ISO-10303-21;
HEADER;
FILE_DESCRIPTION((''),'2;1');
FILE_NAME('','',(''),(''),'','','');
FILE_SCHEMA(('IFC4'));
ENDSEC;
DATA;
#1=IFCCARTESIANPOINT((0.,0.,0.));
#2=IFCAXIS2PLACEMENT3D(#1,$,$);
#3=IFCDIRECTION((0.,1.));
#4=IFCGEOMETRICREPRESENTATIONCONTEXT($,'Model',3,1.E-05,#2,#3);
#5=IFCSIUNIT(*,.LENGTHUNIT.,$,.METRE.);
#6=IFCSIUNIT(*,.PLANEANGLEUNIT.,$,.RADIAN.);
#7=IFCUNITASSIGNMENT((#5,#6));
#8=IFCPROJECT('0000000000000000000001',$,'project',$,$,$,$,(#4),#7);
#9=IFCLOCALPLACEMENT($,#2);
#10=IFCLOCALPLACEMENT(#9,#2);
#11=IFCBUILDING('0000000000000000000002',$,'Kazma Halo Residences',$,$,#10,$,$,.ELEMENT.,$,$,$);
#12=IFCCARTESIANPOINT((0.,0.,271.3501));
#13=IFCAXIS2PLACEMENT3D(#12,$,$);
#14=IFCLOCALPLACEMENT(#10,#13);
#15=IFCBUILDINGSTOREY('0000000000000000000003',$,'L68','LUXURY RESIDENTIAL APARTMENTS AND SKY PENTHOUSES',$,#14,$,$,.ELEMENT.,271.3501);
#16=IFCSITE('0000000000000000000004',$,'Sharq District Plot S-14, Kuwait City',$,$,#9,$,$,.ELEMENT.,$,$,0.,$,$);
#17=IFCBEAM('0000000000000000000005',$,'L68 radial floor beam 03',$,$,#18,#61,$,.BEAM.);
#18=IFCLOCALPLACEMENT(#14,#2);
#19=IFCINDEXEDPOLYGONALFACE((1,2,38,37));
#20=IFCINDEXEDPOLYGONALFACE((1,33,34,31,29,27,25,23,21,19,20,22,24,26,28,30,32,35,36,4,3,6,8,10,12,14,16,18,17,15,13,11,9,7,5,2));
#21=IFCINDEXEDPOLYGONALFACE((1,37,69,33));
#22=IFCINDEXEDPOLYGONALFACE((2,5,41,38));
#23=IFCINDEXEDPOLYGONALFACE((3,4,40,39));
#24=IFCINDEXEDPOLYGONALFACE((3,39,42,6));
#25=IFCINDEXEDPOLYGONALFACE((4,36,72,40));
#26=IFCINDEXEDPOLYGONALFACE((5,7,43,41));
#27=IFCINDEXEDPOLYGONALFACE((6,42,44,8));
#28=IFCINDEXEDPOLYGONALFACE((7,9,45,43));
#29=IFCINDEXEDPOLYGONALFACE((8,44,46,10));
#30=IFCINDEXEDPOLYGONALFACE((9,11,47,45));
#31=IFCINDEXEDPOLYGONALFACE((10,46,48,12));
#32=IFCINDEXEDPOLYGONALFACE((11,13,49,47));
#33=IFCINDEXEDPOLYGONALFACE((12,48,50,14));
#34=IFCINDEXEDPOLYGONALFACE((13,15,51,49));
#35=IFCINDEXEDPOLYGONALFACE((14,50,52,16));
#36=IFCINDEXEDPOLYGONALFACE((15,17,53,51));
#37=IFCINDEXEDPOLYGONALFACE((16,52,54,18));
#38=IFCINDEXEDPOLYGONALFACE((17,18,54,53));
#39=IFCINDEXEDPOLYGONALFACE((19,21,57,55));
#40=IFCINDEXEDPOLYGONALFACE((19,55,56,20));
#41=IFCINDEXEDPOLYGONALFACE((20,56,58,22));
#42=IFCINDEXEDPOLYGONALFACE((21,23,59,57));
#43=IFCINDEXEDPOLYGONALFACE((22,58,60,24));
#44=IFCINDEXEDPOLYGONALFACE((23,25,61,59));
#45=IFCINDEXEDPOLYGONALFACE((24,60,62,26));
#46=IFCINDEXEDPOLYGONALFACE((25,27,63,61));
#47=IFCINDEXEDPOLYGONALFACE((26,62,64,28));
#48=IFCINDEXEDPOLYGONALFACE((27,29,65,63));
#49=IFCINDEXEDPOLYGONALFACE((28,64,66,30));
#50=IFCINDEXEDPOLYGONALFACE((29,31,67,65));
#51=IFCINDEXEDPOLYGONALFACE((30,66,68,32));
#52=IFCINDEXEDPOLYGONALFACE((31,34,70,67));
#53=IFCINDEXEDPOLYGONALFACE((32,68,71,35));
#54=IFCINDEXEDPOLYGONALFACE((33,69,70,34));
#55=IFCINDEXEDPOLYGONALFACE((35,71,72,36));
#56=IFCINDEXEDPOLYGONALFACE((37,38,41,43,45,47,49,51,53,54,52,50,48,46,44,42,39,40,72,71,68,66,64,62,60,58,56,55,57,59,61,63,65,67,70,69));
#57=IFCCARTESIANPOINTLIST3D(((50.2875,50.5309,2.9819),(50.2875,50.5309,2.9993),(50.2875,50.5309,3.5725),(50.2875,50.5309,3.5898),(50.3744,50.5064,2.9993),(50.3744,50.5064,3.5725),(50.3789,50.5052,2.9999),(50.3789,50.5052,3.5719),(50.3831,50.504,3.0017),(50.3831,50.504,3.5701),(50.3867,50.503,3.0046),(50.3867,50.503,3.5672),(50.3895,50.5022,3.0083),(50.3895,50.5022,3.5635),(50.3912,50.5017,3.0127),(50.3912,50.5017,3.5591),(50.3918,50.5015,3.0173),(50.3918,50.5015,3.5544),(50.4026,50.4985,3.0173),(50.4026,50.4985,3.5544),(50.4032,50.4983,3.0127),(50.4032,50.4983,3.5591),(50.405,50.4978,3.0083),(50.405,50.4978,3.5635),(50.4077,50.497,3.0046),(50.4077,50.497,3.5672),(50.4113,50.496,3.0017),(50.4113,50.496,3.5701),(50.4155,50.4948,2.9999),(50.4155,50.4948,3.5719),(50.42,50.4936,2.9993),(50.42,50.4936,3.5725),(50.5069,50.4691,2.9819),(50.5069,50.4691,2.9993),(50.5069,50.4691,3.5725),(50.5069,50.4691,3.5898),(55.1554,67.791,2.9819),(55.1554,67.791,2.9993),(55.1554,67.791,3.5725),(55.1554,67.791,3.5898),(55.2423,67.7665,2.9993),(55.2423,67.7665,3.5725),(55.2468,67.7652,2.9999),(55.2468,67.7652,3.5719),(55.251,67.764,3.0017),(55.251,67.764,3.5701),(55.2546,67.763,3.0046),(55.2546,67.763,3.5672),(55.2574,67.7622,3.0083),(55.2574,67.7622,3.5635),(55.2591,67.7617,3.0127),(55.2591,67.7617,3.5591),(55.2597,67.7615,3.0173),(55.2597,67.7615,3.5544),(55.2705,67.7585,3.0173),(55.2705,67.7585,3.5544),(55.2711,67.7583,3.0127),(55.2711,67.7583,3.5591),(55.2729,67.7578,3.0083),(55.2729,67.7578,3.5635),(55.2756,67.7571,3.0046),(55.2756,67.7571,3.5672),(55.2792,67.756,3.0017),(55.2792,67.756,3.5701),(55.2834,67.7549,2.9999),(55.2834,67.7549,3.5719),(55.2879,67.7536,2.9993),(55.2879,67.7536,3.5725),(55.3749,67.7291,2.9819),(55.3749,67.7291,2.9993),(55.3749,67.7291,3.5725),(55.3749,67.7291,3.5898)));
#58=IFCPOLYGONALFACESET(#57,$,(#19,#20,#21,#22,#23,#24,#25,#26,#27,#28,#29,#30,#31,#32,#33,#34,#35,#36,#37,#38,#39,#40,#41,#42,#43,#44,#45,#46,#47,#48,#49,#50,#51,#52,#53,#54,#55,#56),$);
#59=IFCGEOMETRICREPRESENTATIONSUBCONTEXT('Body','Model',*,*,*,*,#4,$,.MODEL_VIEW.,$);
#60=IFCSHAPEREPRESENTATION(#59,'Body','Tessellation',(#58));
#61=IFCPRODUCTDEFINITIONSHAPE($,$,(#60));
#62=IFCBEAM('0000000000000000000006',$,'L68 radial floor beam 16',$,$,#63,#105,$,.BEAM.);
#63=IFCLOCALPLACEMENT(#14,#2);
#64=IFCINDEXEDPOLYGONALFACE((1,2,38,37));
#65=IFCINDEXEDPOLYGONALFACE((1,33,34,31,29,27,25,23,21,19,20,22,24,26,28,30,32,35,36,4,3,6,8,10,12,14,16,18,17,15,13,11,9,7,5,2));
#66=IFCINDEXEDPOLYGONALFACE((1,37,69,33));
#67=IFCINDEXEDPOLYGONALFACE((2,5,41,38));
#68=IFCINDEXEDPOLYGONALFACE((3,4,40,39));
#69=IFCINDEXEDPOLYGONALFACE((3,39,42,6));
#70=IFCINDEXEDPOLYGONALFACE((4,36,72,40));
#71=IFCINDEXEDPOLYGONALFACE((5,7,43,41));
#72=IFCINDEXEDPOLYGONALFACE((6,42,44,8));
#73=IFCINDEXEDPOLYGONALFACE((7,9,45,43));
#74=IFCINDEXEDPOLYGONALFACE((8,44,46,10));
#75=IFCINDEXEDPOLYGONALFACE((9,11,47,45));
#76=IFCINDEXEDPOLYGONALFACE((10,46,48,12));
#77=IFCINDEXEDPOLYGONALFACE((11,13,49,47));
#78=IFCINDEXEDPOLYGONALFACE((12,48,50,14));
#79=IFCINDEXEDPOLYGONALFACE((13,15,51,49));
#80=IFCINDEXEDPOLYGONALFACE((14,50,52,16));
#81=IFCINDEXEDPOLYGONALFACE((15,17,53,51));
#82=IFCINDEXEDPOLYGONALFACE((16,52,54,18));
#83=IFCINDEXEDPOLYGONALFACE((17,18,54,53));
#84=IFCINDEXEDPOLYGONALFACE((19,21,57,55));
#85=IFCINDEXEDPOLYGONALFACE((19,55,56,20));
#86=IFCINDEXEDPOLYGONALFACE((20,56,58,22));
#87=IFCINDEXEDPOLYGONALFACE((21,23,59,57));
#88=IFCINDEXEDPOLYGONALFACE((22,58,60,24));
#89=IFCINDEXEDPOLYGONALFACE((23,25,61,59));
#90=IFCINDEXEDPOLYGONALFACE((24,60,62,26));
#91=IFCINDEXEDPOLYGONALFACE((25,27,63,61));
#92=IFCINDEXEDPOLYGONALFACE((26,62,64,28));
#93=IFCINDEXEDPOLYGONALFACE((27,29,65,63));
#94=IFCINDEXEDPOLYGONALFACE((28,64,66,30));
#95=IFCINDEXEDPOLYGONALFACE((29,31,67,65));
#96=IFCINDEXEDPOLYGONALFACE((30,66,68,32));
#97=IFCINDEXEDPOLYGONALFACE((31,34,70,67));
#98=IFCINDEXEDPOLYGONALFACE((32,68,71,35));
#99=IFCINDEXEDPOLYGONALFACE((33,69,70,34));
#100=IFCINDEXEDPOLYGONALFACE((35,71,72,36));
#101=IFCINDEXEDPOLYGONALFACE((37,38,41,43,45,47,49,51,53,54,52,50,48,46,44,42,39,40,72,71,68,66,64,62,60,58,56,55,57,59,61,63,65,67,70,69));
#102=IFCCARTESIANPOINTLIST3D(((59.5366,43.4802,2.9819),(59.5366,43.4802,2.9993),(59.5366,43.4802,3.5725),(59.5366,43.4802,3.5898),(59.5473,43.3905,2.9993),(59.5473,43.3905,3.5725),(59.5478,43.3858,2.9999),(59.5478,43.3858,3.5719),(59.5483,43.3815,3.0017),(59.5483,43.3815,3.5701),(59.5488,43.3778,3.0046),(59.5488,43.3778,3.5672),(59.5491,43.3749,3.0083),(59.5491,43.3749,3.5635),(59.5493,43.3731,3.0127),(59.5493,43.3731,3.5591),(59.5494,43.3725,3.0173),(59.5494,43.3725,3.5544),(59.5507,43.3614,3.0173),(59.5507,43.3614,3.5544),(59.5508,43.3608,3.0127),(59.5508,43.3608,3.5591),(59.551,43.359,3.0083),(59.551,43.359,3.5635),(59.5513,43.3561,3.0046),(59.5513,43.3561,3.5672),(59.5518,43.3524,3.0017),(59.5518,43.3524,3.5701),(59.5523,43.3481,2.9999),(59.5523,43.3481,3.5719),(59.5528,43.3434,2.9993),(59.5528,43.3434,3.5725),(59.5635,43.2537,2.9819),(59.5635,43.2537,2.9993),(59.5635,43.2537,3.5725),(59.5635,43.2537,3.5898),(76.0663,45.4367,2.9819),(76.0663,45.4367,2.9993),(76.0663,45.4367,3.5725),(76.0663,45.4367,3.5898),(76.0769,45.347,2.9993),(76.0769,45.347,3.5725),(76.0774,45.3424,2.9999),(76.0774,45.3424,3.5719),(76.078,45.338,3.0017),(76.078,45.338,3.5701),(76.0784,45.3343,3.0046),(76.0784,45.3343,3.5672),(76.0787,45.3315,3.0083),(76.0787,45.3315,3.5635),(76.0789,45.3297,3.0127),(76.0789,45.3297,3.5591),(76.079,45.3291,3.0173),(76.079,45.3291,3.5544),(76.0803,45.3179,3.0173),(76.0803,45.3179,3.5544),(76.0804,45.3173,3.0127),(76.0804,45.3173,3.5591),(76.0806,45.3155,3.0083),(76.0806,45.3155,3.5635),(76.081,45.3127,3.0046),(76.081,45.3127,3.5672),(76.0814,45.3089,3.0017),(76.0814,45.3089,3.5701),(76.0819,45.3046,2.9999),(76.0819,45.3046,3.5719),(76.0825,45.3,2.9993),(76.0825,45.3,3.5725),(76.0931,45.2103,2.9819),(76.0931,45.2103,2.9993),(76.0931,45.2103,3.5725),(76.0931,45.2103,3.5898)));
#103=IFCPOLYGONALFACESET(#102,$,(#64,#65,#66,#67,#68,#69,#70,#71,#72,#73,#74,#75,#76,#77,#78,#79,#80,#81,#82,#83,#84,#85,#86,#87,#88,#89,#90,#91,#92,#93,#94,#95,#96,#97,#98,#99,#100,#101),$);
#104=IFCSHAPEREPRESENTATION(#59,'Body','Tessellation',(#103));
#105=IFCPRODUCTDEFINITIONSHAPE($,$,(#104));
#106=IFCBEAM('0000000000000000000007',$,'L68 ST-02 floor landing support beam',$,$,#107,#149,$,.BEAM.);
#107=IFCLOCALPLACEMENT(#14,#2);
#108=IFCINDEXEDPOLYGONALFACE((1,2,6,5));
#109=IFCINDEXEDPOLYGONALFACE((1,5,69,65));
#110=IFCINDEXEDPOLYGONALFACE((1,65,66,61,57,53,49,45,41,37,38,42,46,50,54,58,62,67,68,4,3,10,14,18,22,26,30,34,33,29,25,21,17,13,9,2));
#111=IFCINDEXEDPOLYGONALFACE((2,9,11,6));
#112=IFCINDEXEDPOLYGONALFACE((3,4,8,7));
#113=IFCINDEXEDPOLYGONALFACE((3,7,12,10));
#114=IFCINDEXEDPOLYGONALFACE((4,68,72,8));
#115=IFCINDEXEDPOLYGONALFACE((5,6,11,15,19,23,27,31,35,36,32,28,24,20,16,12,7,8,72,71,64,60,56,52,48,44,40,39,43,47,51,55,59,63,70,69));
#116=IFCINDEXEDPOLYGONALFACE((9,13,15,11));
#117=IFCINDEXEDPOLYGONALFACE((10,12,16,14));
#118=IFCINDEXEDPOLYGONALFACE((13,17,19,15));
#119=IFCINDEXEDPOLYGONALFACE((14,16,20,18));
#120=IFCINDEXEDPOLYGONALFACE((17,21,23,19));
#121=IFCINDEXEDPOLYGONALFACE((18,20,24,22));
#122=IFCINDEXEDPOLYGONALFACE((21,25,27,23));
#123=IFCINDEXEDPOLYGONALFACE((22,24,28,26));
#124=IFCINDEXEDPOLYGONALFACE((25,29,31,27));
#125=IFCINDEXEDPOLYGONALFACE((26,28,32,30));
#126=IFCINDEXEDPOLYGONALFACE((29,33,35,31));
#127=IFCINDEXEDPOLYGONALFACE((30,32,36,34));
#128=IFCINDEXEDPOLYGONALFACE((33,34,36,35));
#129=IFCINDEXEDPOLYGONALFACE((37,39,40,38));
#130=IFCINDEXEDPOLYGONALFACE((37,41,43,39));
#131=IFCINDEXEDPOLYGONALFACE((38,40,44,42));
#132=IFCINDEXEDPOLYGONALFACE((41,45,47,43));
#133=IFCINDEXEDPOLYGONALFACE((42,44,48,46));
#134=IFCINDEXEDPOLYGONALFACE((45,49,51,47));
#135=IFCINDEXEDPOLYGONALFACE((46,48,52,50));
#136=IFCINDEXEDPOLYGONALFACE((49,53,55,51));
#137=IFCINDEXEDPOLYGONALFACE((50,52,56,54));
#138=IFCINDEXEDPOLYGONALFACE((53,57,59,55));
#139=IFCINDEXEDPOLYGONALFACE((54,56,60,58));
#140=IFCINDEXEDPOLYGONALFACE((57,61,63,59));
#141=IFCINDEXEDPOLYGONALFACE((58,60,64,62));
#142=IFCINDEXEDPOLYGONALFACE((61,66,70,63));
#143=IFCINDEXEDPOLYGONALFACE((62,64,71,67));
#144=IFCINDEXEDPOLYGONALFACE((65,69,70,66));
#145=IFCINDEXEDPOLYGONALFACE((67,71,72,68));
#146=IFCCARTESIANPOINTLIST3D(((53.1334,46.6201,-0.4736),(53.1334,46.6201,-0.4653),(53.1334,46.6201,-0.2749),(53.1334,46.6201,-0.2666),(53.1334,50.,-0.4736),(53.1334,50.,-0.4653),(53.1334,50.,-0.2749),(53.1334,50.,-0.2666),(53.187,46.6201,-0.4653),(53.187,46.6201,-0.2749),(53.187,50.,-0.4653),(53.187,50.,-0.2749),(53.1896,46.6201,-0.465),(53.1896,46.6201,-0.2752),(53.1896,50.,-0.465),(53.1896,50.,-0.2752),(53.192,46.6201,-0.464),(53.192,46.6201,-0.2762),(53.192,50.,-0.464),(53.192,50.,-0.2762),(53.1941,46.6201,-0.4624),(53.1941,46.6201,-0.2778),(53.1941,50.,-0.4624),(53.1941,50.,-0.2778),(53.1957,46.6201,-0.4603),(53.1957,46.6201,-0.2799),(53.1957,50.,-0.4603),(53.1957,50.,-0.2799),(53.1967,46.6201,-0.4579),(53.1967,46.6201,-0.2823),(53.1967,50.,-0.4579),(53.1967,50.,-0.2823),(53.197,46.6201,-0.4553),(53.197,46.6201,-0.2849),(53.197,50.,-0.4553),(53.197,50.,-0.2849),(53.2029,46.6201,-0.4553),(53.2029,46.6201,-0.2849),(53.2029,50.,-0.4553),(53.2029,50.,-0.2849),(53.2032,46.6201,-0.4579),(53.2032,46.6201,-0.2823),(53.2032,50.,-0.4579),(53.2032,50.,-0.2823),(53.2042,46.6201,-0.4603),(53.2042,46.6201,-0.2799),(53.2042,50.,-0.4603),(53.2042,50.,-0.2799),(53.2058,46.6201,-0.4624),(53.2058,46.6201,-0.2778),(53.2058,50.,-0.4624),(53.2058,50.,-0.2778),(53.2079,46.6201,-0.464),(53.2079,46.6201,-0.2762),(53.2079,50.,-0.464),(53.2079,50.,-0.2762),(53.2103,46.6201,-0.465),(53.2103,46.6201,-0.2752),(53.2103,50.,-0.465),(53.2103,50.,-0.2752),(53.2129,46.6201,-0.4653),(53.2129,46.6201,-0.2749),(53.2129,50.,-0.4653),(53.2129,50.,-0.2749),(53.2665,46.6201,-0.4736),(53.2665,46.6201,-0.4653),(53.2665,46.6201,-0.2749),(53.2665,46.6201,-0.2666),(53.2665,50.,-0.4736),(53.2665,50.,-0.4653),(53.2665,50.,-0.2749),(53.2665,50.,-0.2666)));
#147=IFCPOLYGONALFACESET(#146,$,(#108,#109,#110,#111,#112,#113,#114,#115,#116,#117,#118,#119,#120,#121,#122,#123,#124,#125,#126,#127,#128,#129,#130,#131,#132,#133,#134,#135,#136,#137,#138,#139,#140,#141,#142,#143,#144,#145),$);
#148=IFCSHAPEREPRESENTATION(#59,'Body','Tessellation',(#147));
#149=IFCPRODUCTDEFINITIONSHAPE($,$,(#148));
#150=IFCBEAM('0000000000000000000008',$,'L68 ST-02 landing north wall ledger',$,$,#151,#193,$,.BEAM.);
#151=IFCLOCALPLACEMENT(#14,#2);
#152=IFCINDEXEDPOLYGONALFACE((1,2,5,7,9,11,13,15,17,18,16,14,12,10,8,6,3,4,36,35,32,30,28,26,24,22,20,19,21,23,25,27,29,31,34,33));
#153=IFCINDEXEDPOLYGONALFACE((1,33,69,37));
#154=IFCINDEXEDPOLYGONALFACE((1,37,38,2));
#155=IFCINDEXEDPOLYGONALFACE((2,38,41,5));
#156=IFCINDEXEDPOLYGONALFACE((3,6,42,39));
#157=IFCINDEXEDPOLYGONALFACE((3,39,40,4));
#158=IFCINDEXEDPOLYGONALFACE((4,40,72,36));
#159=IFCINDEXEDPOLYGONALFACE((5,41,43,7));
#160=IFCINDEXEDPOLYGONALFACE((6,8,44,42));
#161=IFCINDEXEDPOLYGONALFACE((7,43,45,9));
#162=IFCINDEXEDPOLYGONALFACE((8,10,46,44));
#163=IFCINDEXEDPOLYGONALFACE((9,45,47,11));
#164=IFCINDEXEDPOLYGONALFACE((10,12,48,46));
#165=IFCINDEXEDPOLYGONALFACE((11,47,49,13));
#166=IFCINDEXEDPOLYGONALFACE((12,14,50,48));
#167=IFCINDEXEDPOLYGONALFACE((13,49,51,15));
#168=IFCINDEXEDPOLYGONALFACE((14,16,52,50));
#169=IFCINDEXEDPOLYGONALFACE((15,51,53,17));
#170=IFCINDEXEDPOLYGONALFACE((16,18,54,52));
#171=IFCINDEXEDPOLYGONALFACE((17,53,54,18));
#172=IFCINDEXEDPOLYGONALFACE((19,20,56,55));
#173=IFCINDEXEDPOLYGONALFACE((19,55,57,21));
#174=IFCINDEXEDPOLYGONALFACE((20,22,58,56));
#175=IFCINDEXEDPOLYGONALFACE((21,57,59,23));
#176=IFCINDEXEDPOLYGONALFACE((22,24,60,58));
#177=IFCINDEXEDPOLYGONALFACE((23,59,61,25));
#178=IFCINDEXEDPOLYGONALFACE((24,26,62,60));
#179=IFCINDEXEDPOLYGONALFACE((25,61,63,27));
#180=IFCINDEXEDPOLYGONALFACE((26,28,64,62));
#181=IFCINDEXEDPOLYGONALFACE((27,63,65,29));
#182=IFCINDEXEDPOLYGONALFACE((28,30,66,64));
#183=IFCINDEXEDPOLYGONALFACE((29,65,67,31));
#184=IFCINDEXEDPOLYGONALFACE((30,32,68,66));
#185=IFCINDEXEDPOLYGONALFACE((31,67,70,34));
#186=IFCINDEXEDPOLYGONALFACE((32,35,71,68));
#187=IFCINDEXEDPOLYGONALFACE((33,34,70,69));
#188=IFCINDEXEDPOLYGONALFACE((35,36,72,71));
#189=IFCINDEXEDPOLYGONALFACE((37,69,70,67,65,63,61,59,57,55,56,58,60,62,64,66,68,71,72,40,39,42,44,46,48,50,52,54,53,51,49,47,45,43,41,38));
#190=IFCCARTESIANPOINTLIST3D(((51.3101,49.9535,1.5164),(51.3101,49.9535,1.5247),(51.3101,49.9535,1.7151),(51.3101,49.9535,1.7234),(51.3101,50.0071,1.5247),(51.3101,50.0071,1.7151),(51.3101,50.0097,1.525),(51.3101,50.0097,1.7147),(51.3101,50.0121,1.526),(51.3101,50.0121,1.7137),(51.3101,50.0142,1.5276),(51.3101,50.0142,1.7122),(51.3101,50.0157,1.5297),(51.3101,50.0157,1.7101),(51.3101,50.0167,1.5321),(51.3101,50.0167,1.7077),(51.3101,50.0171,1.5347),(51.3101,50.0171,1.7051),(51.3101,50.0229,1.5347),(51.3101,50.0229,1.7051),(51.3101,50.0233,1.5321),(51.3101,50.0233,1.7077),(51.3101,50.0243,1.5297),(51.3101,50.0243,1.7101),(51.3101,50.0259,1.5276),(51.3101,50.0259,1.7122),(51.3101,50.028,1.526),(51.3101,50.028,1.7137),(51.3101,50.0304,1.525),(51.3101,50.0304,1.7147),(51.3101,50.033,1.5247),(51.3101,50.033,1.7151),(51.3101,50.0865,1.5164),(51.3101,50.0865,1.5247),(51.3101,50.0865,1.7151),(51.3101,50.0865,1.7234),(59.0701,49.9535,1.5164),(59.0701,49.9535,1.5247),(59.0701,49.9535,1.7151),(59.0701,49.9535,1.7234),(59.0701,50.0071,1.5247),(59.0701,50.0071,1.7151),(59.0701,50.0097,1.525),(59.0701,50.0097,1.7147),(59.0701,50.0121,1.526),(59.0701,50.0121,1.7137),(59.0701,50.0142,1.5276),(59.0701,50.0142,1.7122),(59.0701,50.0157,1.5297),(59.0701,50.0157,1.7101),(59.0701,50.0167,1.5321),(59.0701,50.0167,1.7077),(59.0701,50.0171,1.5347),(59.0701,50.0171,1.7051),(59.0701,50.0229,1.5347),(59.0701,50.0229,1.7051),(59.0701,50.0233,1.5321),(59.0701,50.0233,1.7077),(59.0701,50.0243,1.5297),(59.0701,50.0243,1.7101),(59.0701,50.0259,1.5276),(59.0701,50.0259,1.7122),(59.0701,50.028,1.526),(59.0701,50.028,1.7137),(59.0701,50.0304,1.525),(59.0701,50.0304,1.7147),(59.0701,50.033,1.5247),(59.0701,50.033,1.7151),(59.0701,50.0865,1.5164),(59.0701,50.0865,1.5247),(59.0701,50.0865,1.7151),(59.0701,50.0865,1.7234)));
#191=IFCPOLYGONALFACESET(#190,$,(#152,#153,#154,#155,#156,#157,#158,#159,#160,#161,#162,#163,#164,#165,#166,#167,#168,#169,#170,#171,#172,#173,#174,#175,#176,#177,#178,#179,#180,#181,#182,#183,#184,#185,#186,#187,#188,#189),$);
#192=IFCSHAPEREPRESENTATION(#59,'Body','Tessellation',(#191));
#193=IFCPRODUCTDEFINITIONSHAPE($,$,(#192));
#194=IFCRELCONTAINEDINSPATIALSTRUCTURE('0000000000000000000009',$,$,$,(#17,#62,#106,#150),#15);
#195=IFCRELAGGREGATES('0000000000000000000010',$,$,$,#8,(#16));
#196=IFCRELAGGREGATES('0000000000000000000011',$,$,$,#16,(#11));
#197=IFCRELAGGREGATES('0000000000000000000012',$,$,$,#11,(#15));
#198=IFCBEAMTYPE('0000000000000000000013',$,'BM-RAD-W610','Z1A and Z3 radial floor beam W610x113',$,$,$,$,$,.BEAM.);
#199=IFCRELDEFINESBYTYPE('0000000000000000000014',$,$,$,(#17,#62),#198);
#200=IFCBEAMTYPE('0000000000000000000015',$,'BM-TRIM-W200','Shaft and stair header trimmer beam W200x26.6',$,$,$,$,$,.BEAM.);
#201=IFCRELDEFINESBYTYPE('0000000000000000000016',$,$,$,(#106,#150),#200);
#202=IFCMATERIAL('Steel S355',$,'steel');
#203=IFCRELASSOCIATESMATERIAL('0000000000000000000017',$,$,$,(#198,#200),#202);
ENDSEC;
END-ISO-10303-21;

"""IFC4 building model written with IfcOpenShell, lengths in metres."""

from ifc_helpers import new_model, si_unit, direction, frame, origin, origin_2d, place, context, subcontext, project, spatial, i_section, extrude, material, material_profile, profile_set, type_object, element, save


model = new_model("IFC4")

# Units and contexts
model_context = context("Model", 3, precision=1e-05, world=origin(), true_north=direction((0.0, 1.0)))
body_context = subcontext(model_context, "Body", "Model", "MODEL_VIEW")
ifc_project = project(units=[si_unit("LENGTHUNIT", "METRE"), si_unit("PLANEANGLEUNIT", "RADIAN")], contexts=[model_context])

# Site, building, storey
site_placement = place(None, origin())
site = spatial("IfcSite", under=ifc_project, at=site_placement, Name="Sharq District Plot S-14, Kuwait City", CompositionType="ELEMENT", RefElevation=0.0)
building_placement = place(site_placement, origin())
building = spatial("IfcBuilding", under=site, at=building_placement, Name="Kazma Halo Residences", CompositionType="ELEMENT")
storey_placement = place(building_placement, frame((0.0, 0.0, 271.3501)))
storey = spatial("IfcBuildingStorey", under=building, at=storey_placement, Name="L68", Description="LUXURY RESIDENTIAL APARTMENTS AND SKY PENTHOUSES", CompositionType="ELEMENT", Elevation=271.3501)

# Shared definitions
ifc_material_1 = material(Name="Steel S355", Category="steel")

# Beams
ifc_material_profile_1 = material_profile(ifc_material_1, i_section(OverallWidth=0.228, OverallDepth=0.6079, WebThickness=0.0112, FlangeThickness=0.0173, FilletRadius=0.0181, at=origin_2d()), Name="W610x113")
ifc_profile_set_1 = profile_set([ifc_material_profile_1], Name="Steel S355")
beam_type_1 = type_object("IfcBeamType", Name="BM-RAD-W610", Description="Z1A and Z3 radial floor beam W610x113", PredefinedType="BEAM", material=ifc_profile_set_1)
beam_1_placement = place(storey_placement, frame((50.3972, 50.5, 3.2859), z_axis=(0.271445, 0.962454, 0.0), x_axis=(-0.962454, 0.271445, 0.0)))
element("IfcBeam", 1, at=beam_1_placement, inside=storey, type_object=beam_type_1, Name="L68 radial floor beam 03", PredefinedType="BEAM", context=body_context, shape_type="SweptSolid", body=[
    extrude(i_section(OverallWidth=0.228, OverallDepth=0.6079, WebThickness=0.0112, FlangeThickness=0.0173, FilletRadius=0.0181, at=origin_2d()), origin(), (0.0, 0.0, 1.0), 17.9333),
])
beam_2_placement = place(storey_placement, frame((59.55, 43.3669, 3.2859), z_axis=(0.993067, 0.117546, 0.0), x_axis=(-0.117546, 0.993067, 0.0)))
element("IfcBeam", 2, at=beam_2_placement, inside=storey, type_object=beam_type_1, Name="L68 radial floor beam 16", PredefinedType="BEAM", context=body_context, shape_type="SweptSolid", body=[
    extrude(i_section(OverallWidth=0.228, OverallDepth=0.6079, WebThickness=0.0112, FlangeThickness=0.0173, FilletRadius=0.0181, at=origin_2d()), origin(), (0.0, 0.0, 1.0), 16.645),
])
ifc_material_profile_2 = material_profile(ifc_material_1, i_section(OverallWidth=0.1331, OverallDepth=0.207, WebThickness=0.0059, FlangeThickness=0.0083, FilletRadius=0.01, at=origin_2d()), Name="W200x26.6")
ifc_profile_set_2 = profile_set([ifc_material_profile_2], Name="Steel S355")
beam_type_2 = type_object("IfcBeamType", Name="BM-TRIM-W200", Description="Shaft and stair header trimmer beam W200x26.6", PredefinedType="BEAM", material=ifc_profile_set_2)
beam_3_placement = place(storey_placement, frame((53.2, 46.6201, -0.3701), z_axis=(0.0, 1.0, 0.0), x_axis=(-1.0, 0.0, 0.0)))
element("IfcBeam", 3, at=beam_3_placement, inside=storey, type_object=beam_type_2, Name="L68 ST-02 floor landing support beam", PredefinedType="BEAM", context=body_context, shape_type="SweptSolid", body=[
    extrude(i_section(OverallWidth=0.1331, OverallDepth=0.207, WebThickness=0.0059, FlangeThickness=0.0083, FilletRadius=0.01, at=origin_2d()), origin(), (0.0, 0.0, 1.0), 3.3799),
])
beam_4_placement = place(storey_placement, frame((51.3101, 50.02, 1.6199), z_axis=(1.0, 0.0, 0.0), x_axis=(0.0, 1.0, 0.0)))
element("IfcBeam", 4, at=beam_4_placement, inside=storey, type_object=beam_type_2, Name="L68 ST-02 landing north wall ledger", PredefinedType="BEAM", context=body_context, shape_type="SweptSolid", body=[
    extrude(i_section(OverallWidth=0.1331, OverallDepth=0.207, WebThickness=0.0059, FlangeThickness=0.0083, FilletRadius=0.01, at=origin_2d()), origin(), (0.0, 0.0, 1.0), 7.76),
])

save(model, "model.ifc")
